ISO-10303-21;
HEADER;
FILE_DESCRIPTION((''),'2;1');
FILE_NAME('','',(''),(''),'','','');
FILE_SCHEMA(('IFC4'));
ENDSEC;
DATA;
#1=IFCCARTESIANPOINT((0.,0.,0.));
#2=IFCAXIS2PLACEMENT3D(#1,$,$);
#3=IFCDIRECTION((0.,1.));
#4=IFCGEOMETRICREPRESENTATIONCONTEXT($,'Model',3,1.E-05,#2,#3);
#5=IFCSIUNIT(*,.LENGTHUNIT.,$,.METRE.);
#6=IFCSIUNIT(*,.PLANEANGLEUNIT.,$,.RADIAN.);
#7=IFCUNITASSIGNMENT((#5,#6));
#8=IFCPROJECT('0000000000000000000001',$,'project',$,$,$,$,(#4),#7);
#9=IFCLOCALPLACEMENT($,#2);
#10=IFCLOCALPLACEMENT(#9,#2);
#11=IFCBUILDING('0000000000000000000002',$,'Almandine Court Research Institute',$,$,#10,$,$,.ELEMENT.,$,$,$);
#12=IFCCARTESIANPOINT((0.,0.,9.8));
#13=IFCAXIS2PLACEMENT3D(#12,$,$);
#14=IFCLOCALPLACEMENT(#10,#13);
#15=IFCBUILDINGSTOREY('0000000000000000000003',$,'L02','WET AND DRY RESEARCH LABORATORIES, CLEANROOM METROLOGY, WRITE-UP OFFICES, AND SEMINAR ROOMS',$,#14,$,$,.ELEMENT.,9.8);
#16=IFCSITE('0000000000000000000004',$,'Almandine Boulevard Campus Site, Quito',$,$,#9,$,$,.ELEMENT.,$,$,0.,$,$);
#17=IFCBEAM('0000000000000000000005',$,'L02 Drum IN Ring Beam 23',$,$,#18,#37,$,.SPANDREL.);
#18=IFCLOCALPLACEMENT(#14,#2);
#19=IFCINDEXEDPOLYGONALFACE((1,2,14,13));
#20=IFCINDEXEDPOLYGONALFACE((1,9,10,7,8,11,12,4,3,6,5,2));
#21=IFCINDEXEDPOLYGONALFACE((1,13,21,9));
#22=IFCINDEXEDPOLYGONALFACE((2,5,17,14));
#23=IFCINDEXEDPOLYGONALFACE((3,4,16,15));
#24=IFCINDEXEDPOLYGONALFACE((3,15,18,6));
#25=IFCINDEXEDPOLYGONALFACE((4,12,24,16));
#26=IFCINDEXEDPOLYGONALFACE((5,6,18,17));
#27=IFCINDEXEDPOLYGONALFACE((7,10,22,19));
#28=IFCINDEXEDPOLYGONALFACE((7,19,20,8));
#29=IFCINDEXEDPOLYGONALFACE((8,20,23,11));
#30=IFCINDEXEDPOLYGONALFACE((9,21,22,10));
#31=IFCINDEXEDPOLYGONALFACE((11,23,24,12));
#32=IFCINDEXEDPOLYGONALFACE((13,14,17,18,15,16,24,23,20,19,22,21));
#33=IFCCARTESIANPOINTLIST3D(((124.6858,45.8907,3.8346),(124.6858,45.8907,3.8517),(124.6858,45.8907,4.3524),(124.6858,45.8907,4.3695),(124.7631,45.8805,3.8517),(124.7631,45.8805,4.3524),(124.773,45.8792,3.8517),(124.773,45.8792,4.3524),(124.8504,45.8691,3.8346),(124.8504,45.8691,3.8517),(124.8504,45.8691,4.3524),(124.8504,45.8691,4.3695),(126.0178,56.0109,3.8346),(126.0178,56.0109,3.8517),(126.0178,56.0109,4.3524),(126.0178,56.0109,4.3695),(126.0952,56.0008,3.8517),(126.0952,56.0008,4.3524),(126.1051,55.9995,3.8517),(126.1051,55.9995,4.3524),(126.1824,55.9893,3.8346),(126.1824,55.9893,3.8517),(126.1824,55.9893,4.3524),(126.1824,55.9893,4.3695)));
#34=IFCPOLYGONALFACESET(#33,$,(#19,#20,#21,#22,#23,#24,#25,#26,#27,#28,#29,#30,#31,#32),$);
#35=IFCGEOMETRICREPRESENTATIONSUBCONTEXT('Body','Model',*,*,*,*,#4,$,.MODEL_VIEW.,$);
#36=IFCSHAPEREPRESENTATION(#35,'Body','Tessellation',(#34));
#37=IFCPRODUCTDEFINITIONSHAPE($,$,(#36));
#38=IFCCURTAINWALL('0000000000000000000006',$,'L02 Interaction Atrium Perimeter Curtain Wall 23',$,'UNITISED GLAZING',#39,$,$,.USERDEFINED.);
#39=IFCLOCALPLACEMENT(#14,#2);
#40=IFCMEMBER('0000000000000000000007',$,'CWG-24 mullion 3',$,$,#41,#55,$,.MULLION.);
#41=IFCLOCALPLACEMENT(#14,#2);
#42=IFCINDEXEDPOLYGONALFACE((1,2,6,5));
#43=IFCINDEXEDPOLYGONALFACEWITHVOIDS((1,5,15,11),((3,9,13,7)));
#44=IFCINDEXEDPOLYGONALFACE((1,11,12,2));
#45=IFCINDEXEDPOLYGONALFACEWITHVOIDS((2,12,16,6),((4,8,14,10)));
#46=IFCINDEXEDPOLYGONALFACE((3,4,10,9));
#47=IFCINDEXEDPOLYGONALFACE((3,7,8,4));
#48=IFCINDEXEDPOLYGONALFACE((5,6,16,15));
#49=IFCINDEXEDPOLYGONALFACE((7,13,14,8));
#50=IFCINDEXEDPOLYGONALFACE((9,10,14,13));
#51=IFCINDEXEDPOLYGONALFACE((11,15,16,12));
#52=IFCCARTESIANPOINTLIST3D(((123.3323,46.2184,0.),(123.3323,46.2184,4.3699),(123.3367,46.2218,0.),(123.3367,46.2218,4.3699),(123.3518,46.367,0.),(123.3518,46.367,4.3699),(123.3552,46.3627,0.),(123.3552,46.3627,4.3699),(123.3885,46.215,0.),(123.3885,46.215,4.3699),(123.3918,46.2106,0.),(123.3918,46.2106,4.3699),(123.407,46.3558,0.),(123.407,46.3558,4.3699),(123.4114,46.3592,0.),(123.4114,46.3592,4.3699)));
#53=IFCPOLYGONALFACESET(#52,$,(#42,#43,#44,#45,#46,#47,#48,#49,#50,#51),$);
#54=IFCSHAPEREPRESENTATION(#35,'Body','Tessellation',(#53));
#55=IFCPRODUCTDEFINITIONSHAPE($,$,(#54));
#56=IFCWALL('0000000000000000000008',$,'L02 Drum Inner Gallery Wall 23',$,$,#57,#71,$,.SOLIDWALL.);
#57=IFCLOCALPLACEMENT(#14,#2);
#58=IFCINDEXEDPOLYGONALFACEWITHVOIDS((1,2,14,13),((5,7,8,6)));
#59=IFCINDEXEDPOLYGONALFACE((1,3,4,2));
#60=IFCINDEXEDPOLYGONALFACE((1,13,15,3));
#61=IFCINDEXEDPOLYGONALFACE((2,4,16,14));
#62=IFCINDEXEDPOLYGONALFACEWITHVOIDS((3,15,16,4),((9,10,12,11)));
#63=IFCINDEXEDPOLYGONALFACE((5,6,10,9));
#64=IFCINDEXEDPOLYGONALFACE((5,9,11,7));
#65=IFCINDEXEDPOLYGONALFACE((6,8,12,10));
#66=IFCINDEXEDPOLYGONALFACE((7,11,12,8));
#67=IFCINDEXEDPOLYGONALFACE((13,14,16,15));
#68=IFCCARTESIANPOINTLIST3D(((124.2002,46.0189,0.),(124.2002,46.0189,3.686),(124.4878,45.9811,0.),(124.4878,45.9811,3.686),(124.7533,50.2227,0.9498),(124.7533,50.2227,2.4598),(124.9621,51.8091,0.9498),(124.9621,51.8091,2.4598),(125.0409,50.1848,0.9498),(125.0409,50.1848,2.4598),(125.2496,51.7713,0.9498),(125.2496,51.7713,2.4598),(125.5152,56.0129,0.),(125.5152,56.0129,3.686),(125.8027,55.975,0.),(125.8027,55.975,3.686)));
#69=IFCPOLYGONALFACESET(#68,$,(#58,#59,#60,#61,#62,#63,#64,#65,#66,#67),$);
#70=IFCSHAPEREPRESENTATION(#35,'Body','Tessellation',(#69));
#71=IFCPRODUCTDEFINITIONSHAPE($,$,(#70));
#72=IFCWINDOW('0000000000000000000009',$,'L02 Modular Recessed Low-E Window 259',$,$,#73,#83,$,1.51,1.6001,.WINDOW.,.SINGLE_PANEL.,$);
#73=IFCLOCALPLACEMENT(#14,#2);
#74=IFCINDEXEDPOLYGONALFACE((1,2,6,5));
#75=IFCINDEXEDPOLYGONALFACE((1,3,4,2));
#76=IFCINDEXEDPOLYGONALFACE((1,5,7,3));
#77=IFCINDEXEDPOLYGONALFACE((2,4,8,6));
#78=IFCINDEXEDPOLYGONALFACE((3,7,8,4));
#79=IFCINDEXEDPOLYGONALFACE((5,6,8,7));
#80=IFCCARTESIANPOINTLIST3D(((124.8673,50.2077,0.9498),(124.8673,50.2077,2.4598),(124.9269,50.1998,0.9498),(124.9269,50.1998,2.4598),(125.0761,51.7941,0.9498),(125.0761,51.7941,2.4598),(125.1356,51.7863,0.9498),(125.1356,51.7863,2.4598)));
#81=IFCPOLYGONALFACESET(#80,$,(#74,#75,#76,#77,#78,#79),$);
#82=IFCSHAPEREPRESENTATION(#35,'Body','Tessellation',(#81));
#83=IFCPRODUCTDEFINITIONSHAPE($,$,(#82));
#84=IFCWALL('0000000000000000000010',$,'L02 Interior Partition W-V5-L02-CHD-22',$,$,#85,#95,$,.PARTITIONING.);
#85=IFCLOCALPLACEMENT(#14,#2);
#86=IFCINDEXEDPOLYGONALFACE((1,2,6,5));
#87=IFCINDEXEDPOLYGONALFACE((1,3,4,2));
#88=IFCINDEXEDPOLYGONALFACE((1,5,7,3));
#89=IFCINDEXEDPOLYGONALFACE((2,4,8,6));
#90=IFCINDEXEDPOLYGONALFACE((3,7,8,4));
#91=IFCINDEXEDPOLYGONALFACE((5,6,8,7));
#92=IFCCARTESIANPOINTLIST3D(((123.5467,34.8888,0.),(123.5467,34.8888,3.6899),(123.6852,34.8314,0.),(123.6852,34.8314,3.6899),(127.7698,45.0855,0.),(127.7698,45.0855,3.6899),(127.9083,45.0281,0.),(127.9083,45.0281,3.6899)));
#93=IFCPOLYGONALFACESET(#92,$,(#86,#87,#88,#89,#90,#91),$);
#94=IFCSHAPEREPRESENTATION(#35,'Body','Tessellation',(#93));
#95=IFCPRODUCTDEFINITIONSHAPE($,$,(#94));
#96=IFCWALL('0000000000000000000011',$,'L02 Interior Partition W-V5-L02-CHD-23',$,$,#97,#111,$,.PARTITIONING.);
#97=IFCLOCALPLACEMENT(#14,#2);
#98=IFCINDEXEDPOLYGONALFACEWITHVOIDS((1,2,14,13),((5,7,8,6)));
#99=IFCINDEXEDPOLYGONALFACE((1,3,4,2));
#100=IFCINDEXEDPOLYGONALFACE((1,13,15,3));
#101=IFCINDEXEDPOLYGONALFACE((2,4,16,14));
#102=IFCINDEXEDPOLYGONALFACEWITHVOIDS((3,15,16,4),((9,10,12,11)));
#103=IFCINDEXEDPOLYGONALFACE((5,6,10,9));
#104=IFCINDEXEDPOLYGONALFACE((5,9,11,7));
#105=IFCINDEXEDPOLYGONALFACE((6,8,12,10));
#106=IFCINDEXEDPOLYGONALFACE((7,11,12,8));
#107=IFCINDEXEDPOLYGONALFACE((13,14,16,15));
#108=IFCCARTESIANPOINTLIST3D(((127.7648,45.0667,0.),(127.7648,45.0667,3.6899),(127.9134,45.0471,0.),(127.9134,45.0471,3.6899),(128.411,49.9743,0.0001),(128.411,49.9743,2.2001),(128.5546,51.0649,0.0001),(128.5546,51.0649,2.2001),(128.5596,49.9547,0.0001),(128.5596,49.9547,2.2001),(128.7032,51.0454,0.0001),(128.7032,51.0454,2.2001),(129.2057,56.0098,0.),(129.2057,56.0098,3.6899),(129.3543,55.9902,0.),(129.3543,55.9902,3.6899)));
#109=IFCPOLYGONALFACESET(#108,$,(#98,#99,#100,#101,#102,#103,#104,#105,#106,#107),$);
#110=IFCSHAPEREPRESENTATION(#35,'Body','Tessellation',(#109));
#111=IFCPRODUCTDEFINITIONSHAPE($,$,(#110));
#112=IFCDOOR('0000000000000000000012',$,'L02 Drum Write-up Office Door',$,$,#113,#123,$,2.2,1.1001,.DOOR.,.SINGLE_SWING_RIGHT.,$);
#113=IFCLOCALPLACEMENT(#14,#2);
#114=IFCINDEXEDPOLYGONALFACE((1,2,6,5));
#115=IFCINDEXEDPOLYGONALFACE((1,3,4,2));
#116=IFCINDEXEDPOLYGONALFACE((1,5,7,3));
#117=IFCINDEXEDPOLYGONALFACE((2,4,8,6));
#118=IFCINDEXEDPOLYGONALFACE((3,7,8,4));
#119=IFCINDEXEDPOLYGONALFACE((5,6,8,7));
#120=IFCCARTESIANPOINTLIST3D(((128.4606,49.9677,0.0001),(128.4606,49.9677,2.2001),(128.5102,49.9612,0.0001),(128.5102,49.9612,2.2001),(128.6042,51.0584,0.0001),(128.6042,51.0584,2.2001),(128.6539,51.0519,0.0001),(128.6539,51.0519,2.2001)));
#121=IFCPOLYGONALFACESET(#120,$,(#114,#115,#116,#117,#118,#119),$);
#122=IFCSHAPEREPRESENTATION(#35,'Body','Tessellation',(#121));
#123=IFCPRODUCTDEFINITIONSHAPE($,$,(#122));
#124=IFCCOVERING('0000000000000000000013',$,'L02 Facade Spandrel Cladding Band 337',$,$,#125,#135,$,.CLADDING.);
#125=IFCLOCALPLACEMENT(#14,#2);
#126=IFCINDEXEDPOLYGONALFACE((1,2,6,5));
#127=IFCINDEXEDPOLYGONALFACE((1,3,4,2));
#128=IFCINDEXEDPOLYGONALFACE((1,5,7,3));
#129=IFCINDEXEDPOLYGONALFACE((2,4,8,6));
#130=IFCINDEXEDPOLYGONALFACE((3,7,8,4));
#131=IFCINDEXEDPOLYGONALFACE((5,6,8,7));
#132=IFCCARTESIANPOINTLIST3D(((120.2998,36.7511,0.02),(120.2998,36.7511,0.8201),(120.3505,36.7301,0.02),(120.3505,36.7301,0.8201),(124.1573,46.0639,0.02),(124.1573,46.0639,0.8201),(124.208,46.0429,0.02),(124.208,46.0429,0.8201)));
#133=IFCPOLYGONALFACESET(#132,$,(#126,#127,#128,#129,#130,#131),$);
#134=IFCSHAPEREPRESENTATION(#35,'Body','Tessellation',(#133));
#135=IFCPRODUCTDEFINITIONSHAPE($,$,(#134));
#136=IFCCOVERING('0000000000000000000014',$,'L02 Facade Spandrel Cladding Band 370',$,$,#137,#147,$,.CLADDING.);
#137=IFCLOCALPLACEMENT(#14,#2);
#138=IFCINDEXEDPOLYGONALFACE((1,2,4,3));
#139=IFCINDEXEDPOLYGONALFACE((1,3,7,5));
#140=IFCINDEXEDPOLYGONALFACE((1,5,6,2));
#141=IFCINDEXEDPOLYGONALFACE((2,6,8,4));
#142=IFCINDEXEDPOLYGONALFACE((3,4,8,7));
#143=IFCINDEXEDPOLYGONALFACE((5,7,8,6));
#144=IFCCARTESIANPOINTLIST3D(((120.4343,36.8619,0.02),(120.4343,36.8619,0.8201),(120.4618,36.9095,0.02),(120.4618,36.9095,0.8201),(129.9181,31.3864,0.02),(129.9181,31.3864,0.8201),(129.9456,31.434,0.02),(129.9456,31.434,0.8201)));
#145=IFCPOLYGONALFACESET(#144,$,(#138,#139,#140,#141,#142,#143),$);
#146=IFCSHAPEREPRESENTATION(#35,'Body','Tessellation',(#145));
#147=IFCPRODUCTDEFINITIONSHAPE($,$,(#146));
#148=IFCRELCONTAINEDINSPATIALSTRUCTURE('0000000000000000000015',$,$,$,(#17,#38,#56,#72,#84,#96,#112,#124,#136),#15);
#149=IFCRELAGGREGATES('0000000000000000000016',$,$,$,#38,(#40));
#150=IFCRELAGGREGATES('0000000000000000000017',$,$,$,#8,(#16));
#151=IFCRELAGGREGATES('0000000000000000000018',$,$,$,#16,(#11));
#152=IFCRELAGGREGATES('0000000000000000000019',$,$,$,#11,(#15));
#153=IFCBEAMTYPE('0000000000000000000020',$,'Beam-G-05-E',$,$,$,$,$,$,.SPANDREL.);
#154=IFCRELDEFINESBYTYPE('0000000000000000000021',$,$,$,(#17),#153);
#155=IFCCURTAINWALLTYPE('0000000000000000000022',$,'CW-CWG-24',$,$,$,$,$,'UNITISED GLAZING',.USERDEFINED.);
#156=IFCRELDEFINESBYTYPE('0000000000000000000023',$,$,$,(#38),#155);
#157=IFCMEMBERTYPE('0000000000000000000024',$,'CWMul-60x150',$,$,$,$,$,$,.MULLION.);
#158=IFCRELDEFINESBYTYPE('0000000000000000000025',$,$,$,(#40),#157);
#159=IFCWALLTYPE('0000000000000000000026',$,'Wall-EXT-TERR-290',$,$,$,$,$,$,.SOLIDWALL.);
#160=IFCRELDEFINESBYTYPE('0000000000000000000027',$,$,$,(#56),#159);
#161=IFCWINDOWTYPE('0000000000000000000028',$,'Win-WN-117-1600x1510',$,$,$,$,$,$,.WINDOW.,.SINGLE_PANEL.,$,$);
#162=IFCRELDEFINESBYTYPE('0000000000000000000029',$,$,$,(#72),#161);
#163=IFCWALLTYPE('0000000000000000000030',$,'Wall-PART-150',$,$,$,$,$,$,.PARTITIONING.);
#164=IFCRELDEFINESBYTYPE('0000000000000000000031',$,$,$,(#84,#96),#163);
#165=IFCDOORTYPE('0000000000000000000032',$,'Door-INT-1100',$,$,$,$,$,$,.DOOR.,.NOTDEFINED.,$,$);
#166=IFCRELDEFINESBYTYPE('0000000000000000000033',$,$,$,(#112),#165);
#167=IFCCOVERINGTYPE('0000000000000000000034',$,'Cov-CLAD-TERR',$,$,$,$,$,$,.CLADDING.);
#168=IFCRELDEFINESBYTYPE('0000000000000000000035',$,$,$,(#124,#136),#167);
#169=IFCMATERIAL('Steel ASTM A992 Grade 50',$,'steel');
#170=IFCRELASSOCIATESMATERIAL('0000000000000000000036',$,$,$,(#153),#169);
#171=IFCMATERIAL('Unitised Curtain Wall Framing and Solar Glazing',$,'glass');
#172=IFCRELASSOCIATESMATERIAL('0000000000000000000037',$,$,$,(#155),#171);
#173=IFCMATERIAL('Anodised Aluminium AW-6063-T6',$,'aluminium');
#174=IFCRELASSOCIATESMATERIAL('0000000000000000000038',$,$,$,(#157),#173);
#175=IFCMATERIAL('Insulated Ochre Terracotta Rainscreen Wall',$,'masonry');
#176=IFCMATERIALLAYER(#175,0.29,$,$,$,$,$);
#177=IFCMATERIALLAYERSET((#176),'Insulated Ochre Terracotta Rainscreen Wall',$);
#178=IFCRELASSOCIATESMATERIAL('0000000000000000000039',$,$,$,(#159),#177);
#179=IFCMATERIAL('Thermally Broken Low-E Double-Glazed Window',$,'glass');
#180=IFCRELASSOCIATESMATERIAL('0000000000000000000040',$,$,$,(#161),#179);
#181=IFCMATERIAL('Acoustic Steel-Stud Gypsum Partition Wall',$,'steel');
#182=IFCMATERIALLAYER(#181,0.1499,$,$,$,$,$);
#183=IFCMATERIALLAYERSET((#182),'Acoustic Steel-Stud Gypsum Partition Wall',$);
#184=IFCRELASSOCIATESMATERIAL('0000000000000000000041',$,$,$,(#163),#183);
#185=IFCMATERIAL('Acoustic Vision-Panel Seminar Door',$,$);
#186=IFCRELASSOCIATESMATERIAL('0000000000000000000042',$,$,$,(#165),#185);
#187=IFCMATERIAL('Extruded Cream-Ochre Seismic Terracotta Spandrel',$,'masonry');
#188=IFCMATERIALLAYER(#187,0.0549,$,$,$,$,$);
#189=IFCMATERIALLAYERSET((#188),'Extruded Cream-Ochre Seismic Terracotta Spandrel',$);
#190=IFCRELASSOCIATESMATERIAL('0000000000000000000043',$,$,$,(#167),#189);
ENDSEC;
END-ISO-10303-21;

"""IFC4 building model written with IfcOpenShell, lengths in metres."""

from ifc_helpers import new_model, si_unit, direction, frame, frame_2d, origin, origin_2d, place, context, subcontext, project, spatial, rectangle, hollow_rectangle, i_section, extrude, material, layer, layer_set, material_profile, profile_set, type_object, element, fill, aggregate, save


model = new_model("IFC4")

# Units and contexts
model_context = context("Model", 3, precision=1e-05, world=origin(), true_north=direction((0.0, 1.0)))
body_context = subcontext(model_context, "Body", "Model", "MODEL_VIEW")
ifc_project = project(units=[si_unit("LENGTHUNIT", "METRE"), si_unit("PLANEANGLEUNIT", "RADIAN")], contexts=[model_context])

# Site, building, storey
site_placement = place(None, origin())
site = spatial("IfcSite", under=ifc_project, at=site_placement, Name="Almandine Boulevard Campus Site, Quito", CompositionType="ELEMENT", RefElevation=0.0)
building_placement = place(site_placement, origin())
building = spatial("IfcBuilding", under=site, at=building_placement, Name="Almandine Court Research Institute", CompositionType="ELEMENT")
storey_placement = place(building_placement, frame((0.0, 0.0, 9.8)))
storey = spatial("IfcBuildingStorey", under=building, at=storey_placement, Name="L02", Description="WET AND DRY RESEARCH LABORATORIES, CLEANROOM METROLOGY, WRITE-UP OFFICES, AND SEMINAR ROOMS", CompositionType="ELEMENT", Elevation=9.8)

# Shared definitions
ifc_material_1 = material(Name="Steel ASTM A992 Grade 50", Category="steel")

# Beam
ifc_material_profile_1 = material_profile(ifc_material_1, i_section(OverallWidth=0.166, OverallDepth=0.5349, WebThickness=0.01, FlangeThickness=0.0171, at=origin_2d()), Name="W530x85")
ifc_profile_set_1 = profile_set([ifc_material_profile_1], Name="Steel ASTM A992 Grade 50")
beam_type_1 = type_object("IfcBeamType", Name="Beam-G-05-E", PredefinedType="SPANDREL", material=ifc_profile_set_1)
beam_1_placement = place(storey_placement, frame((124.7681, 45.8799, 4.1021), z_axis=(0.130497, 0.991449, 0.0), x_axis=(-0.991449, 0.130497, 0.0)))
element("IfcBeam", 1, at=beam_1_placement, inside=storey, type_object=beam_type_1, Name="L02 Drum IN Ring Beam 23", PredefinedType="SPANDREL", context=body_context, shape_type="SweptSolid", body=[
    extrude(i_section(OverallWidth=0.166, OverallDepth=0.5349, WebThickness=0.01, FlangeThickness=0.0171, at=origin_2d()), origin(), (0.0, 0.0, 1.0), 10.2075),
])

# Curtain wall, member
ifc_material_2 = material(Name="Unitised Curtain Wall Framing and Solar Glazing", Category="glass")
curtain_wall_type = type_object("IfcCurtainWallType", Name="CW-CWG-24", ElementType="UNITISED GLAZING", PredefinedType="USERDEFINED", material=ifc_material_2)
curtain_wall_placement = place(storey_placement, origin())
curtain_wall = element("IfcCurtainWall", 2, at=curtain_wall_placement, inside=storey, type_object=curtain_wall_type, Name="L02 Interaction Atrium Perimeter Curtain Wall 23", ObjectType="UNITISED GLAZING", PredefinedType="USERDEFINED")
ifc_material_3 = material(Name="Anodised Aluminium AW-6063-T6", Category="aluminium")
ifc_material_profile_2 = material_profile(ifc_material_3, hollow_rectangle(XDim=0.0601, YDim=0.1499, WallThickness=0.0039, at=origin_2d()), Name="ALU RHS 60x150x4")
ifc_profile_set_2 = profile_set([ifc_material_profile_2], Name="Anodised Aluminium AW-6063-T6")
member_type = type_object("IfcMemberType", Name="CWMul-60x150", PredefinedType="MULLION", material=ifc_profile_set_2)
member_placement = place(storey_placement, frame((123.3718, 46.2888, 0.0), z_axis=(0.0, 0.0, 1.0), x_axis=(0.991444, -0.130536, 0.0)))
member = element("IfcMember", 3, at=member_placement, type_object=member_type, Name="CWG-24 mullion 3", PredefinedType="MULLION", context=body_context, shape_type="SweptSolid", body=[
    extrude(hollow_rectangle(XDim=0.0601, YDim=0.1499, WallThickness=0.0039, at=origin_2d()), origin(), (0.0, 0.0, 1.0), 4.3699),
])
aggregate(curtain_wall, [member])

# Wall, opening, window
ifc_material_4 = material(Name="Insulated Ochre Terracotta Rainscreen Wall", Category="masonry")
ifc_layer_1 = layer(ifc_material_4, 0.29)
ifc_layer_set_1 = layer_set([ifc_layer_1], Name="Insulated Ochre Terracotta Rainscreen Wall")
wall_type_1 = type_object("IfcWallType", Name="Wall-EXT-TERR-290", PredefinedType="SOLIDWALL", material=ifc_layer_set_1)
wall_1_placement = place(storey_placement, frame((124.344, 46.0, 0.0), z_axis=(0.0, 0.0, 1.0), x_axis=(0.13045, 0.991455, 0.0)))
wall_1 = element("IfcWall", 4, at=wall_1_placement, inside=storey, type_object=wall_type_1, Name="L02 Drum Inner Gallery Wall 23", PredefinedType="SOLIDWALL", context=body_context, shape_type="SweptSolid", body=[
    extrude(rectangle(XDim=10.0801, YDim=0.29, at=frame_2d((5.04, 0.0))), origin(), (0.0, 0.0, 1.0), 3.686),
])
opening_1_placement = place(wall_1_placement, frame((4.24, 0.0, 0.95)))
opening_1 = element("IfcOpeningElement", 5, at=opening_1_placement, cuts=wall_1, PredefinedType="OPENING", context=body_context, shape_type="SweptSolid", body=[
    extrude(rectangle(XDim=1.6001, YDim=1.51, at=frame_2d((0.8, 0.7549))), frame((0.0, 0.155, 0.0), z_axis=(0.0, -1.0, 0.0), x_axis=(1.0, 0.0, 0.0)), (0.0, 0.0, 1.0), 0.3101),
])
ifc_material_5 = material(Name="Thermally Broken Low-E Double-Glazed Window", Category="glass")
window_type = type_object("IfcWindowType", Name="Win-WN-117-1600x1510", PartitioningType="SINGLE_PANEL", PredefinedType="WINDOW", material=ifc_material_5)
window_placement = place(opening_1_placement, origin())
window = element("IfcWindow", 6, at=window_placement, inside=storey, type_object=window_type, Name="L02 Modular Recessed Low-E Window 259", OverallHeight=1.51, OverallWidth=1.6001, PartitioningType="SINGLE_PANEL", PredefinedType="WINDOW", context=body_context, shape_type="SweptSolid", body=[
    extrude(rectangle(XDim=1.6001, YDim=1.51, at=frame_2d((0.8, 0.7549))), frame((0.0, 0.03, 0.0), z_axis=(0.0, -1.0, 0.0), x_axis=(1.0, 0.0, 0.0)), (0.0, 0.0, 1.0), 0.0601),
])
fill(opening_1, window)

# Wall
ifc_material_6 = material(Name="Acoustic Steel-Stud Gypsum Partition Wall", Category="steel")
ifc_layer_2 = layer(ifc_material_6, 0.1499)
ifc_layer_set_2 = layer_set([ifc_layer_2], Name="Acoustic Steel-Stud Gypsum Partition Wall")
wall_type_2 = type_object("IfcWallType", Name="Wall-PART-150", PredefinedType="PARTITIONING", material=ifc_layer_set_2)
wall_2_placement = place(storey_placement, frame((123.616, 34.8601, 0.0), z_axis=(0.0, 0.0, 1.0), x_axis=(0.382645, 0.923896, 0.0)))
element("IfcWall", 7, at=wall_2_placement, inside=storey, type_object=wall_type_2, Name="L02 Interior Partition W-V5-L02-CHD-22", PredefinedType="PARTITIONING", context=body_context, shape_type="SweptSolid", body=[
    extrude(rectangle(XDim=11.0366, YDim=0.1499, at=frame_2d((5.5183, 0.0))), origin(), (0.0, 0.0, 1.0), 3.6899),
])

# Wall, opening, door
wall_3_placement = place(storey_placement, frame((127.8391, 45.0569, 0.0), z_axis=(0.0, 0.0, 1.0), x_axis=(0.130547, 0.991442, 0.0)))
wall_3 = element("IfcWall", 8, at=wall_3_placement, inside=storey, type_object=wall_type_2, Name="L02 Interior Partition W-V5-L02-CHD-23", PredefinedType="PARTITIONING", context=body_context, shape_type="SweptSolid", body=[
    extrude(rectangle(XDim=11.0376, YDim=0.1499, at=frame_2d((5.5188, 0.0))), origin(), (0.0, 0.0, 1.0), 3.6899),
])
opening_2_placement = place(wall_3_placement, frame((4.95, 0.0, 0.0)))
opening_2 = element("IfcOpeningElement", 9, at=opening_2_placement, cuts=wall_3, PredefinedType="OPENING", context=body_context, shape_type="SweptSolid", body=[
    extrude(rectangle(XDim=1.1001, YDim=2.2, at=frame_2d((0.55, 1.1001))), frame((0.0, 0.085, 0.0), z_axis=(0.0, -1.0, 0.0), x_axis=(1.0, 0.0, 0.0)), (0.0, 0.0, 1.0), 0.1699),
])
ifc_material_7 = material(Name="Acoustic Vision-Panel Seminar Door")
door_type = type_object("IfcDoorType", Name="Door-INT-1100", OperationType="NOTDEFINED", PredefinedType="DOOR", material=ifc_material_7)
door_placement = place(opening_2_placement, origin())
door = element("IfcDoor", 10, at=door_placement, inside=storey, type_object=door_type, Name="L02 Drum Write-up Office Door", OperationType="SINGLE_SWING_RIGHT", OverallHeight=2.2, OverallWidth=1.1001, PredefinedType="DOOR", context=body_context, shape_type="SweptSolid", body=[
    extrude(rectangle(XDim=1.1001, YDim=2.2, at=frame_2d((0.55, 1.1001))), frame((0.0, 0.0249, 0.0), z_axis=(0.0, -1.0, 0.0), x_axis=(1.0, 0.0, 0.0)), (0.0, 0.0, 1.0), 0.05),
])
fill(opening_2, door)

# Coverings
ifc_material_8 = material(Name="Extruded Cream-Ochre Seismic Terracotta Spandrel", Category="masonry")
ifc_layer_3 = layer(ifc_material_8, 0.0549)
ifc_layer_set_3 = layer_set([ifc_layer_3], Name="Extruded Cream-Ochre Seismic Terracotta Spandrel")
covering_type = type_object("IfcCoveringType", Name="Cov-CLAD-TERR", PredefinedType="CLADDING", material=ifc_layer_set_3)
covering_1_placement = place(storey_placement, frame((122.2539, 41.397, 0.02), z_axis=(0.0, 0.0, 1.0), x_axis=(0.382683, 0.92388, 0.0)))
element("IfcCovering", 11, at=covering_1_placement, inside=storey, type_object=covering_type, Name="L02 Facade Spandrel Cladding Band 337", PredefinedType="CLADDING", context=body_context, shape_type="SweptSolid", body=[
    extrude(rectangle(XDim=10.0801, YDim=0.0549, at=origin_2d()), origin(), (0.0, 0.0, 1.0), 0.8),
])
covering_2_placement = place(storey_placement, frame((125.1899, 34.1479, 0.02), z_axis=(0.0, 0.0, 1.0), x_axis=(0.866025, -0.5, 0.0)))
element("IfcCovering", 12, at=covering_2_placement, inside=storey, type_object=covering_type, Name="L02 Facade Spandrel Cladding Band 370", PredefinedType="CLADDING", context=body_context, shape_type="SweptSolid", body=[
    extrude(rectangle(XDim=10.9509, YDim=0.0549, at=origin_2d()), origin(), (0.0, 0.0, 1.0), 0.8),
])

save(model, "model.ifc")
